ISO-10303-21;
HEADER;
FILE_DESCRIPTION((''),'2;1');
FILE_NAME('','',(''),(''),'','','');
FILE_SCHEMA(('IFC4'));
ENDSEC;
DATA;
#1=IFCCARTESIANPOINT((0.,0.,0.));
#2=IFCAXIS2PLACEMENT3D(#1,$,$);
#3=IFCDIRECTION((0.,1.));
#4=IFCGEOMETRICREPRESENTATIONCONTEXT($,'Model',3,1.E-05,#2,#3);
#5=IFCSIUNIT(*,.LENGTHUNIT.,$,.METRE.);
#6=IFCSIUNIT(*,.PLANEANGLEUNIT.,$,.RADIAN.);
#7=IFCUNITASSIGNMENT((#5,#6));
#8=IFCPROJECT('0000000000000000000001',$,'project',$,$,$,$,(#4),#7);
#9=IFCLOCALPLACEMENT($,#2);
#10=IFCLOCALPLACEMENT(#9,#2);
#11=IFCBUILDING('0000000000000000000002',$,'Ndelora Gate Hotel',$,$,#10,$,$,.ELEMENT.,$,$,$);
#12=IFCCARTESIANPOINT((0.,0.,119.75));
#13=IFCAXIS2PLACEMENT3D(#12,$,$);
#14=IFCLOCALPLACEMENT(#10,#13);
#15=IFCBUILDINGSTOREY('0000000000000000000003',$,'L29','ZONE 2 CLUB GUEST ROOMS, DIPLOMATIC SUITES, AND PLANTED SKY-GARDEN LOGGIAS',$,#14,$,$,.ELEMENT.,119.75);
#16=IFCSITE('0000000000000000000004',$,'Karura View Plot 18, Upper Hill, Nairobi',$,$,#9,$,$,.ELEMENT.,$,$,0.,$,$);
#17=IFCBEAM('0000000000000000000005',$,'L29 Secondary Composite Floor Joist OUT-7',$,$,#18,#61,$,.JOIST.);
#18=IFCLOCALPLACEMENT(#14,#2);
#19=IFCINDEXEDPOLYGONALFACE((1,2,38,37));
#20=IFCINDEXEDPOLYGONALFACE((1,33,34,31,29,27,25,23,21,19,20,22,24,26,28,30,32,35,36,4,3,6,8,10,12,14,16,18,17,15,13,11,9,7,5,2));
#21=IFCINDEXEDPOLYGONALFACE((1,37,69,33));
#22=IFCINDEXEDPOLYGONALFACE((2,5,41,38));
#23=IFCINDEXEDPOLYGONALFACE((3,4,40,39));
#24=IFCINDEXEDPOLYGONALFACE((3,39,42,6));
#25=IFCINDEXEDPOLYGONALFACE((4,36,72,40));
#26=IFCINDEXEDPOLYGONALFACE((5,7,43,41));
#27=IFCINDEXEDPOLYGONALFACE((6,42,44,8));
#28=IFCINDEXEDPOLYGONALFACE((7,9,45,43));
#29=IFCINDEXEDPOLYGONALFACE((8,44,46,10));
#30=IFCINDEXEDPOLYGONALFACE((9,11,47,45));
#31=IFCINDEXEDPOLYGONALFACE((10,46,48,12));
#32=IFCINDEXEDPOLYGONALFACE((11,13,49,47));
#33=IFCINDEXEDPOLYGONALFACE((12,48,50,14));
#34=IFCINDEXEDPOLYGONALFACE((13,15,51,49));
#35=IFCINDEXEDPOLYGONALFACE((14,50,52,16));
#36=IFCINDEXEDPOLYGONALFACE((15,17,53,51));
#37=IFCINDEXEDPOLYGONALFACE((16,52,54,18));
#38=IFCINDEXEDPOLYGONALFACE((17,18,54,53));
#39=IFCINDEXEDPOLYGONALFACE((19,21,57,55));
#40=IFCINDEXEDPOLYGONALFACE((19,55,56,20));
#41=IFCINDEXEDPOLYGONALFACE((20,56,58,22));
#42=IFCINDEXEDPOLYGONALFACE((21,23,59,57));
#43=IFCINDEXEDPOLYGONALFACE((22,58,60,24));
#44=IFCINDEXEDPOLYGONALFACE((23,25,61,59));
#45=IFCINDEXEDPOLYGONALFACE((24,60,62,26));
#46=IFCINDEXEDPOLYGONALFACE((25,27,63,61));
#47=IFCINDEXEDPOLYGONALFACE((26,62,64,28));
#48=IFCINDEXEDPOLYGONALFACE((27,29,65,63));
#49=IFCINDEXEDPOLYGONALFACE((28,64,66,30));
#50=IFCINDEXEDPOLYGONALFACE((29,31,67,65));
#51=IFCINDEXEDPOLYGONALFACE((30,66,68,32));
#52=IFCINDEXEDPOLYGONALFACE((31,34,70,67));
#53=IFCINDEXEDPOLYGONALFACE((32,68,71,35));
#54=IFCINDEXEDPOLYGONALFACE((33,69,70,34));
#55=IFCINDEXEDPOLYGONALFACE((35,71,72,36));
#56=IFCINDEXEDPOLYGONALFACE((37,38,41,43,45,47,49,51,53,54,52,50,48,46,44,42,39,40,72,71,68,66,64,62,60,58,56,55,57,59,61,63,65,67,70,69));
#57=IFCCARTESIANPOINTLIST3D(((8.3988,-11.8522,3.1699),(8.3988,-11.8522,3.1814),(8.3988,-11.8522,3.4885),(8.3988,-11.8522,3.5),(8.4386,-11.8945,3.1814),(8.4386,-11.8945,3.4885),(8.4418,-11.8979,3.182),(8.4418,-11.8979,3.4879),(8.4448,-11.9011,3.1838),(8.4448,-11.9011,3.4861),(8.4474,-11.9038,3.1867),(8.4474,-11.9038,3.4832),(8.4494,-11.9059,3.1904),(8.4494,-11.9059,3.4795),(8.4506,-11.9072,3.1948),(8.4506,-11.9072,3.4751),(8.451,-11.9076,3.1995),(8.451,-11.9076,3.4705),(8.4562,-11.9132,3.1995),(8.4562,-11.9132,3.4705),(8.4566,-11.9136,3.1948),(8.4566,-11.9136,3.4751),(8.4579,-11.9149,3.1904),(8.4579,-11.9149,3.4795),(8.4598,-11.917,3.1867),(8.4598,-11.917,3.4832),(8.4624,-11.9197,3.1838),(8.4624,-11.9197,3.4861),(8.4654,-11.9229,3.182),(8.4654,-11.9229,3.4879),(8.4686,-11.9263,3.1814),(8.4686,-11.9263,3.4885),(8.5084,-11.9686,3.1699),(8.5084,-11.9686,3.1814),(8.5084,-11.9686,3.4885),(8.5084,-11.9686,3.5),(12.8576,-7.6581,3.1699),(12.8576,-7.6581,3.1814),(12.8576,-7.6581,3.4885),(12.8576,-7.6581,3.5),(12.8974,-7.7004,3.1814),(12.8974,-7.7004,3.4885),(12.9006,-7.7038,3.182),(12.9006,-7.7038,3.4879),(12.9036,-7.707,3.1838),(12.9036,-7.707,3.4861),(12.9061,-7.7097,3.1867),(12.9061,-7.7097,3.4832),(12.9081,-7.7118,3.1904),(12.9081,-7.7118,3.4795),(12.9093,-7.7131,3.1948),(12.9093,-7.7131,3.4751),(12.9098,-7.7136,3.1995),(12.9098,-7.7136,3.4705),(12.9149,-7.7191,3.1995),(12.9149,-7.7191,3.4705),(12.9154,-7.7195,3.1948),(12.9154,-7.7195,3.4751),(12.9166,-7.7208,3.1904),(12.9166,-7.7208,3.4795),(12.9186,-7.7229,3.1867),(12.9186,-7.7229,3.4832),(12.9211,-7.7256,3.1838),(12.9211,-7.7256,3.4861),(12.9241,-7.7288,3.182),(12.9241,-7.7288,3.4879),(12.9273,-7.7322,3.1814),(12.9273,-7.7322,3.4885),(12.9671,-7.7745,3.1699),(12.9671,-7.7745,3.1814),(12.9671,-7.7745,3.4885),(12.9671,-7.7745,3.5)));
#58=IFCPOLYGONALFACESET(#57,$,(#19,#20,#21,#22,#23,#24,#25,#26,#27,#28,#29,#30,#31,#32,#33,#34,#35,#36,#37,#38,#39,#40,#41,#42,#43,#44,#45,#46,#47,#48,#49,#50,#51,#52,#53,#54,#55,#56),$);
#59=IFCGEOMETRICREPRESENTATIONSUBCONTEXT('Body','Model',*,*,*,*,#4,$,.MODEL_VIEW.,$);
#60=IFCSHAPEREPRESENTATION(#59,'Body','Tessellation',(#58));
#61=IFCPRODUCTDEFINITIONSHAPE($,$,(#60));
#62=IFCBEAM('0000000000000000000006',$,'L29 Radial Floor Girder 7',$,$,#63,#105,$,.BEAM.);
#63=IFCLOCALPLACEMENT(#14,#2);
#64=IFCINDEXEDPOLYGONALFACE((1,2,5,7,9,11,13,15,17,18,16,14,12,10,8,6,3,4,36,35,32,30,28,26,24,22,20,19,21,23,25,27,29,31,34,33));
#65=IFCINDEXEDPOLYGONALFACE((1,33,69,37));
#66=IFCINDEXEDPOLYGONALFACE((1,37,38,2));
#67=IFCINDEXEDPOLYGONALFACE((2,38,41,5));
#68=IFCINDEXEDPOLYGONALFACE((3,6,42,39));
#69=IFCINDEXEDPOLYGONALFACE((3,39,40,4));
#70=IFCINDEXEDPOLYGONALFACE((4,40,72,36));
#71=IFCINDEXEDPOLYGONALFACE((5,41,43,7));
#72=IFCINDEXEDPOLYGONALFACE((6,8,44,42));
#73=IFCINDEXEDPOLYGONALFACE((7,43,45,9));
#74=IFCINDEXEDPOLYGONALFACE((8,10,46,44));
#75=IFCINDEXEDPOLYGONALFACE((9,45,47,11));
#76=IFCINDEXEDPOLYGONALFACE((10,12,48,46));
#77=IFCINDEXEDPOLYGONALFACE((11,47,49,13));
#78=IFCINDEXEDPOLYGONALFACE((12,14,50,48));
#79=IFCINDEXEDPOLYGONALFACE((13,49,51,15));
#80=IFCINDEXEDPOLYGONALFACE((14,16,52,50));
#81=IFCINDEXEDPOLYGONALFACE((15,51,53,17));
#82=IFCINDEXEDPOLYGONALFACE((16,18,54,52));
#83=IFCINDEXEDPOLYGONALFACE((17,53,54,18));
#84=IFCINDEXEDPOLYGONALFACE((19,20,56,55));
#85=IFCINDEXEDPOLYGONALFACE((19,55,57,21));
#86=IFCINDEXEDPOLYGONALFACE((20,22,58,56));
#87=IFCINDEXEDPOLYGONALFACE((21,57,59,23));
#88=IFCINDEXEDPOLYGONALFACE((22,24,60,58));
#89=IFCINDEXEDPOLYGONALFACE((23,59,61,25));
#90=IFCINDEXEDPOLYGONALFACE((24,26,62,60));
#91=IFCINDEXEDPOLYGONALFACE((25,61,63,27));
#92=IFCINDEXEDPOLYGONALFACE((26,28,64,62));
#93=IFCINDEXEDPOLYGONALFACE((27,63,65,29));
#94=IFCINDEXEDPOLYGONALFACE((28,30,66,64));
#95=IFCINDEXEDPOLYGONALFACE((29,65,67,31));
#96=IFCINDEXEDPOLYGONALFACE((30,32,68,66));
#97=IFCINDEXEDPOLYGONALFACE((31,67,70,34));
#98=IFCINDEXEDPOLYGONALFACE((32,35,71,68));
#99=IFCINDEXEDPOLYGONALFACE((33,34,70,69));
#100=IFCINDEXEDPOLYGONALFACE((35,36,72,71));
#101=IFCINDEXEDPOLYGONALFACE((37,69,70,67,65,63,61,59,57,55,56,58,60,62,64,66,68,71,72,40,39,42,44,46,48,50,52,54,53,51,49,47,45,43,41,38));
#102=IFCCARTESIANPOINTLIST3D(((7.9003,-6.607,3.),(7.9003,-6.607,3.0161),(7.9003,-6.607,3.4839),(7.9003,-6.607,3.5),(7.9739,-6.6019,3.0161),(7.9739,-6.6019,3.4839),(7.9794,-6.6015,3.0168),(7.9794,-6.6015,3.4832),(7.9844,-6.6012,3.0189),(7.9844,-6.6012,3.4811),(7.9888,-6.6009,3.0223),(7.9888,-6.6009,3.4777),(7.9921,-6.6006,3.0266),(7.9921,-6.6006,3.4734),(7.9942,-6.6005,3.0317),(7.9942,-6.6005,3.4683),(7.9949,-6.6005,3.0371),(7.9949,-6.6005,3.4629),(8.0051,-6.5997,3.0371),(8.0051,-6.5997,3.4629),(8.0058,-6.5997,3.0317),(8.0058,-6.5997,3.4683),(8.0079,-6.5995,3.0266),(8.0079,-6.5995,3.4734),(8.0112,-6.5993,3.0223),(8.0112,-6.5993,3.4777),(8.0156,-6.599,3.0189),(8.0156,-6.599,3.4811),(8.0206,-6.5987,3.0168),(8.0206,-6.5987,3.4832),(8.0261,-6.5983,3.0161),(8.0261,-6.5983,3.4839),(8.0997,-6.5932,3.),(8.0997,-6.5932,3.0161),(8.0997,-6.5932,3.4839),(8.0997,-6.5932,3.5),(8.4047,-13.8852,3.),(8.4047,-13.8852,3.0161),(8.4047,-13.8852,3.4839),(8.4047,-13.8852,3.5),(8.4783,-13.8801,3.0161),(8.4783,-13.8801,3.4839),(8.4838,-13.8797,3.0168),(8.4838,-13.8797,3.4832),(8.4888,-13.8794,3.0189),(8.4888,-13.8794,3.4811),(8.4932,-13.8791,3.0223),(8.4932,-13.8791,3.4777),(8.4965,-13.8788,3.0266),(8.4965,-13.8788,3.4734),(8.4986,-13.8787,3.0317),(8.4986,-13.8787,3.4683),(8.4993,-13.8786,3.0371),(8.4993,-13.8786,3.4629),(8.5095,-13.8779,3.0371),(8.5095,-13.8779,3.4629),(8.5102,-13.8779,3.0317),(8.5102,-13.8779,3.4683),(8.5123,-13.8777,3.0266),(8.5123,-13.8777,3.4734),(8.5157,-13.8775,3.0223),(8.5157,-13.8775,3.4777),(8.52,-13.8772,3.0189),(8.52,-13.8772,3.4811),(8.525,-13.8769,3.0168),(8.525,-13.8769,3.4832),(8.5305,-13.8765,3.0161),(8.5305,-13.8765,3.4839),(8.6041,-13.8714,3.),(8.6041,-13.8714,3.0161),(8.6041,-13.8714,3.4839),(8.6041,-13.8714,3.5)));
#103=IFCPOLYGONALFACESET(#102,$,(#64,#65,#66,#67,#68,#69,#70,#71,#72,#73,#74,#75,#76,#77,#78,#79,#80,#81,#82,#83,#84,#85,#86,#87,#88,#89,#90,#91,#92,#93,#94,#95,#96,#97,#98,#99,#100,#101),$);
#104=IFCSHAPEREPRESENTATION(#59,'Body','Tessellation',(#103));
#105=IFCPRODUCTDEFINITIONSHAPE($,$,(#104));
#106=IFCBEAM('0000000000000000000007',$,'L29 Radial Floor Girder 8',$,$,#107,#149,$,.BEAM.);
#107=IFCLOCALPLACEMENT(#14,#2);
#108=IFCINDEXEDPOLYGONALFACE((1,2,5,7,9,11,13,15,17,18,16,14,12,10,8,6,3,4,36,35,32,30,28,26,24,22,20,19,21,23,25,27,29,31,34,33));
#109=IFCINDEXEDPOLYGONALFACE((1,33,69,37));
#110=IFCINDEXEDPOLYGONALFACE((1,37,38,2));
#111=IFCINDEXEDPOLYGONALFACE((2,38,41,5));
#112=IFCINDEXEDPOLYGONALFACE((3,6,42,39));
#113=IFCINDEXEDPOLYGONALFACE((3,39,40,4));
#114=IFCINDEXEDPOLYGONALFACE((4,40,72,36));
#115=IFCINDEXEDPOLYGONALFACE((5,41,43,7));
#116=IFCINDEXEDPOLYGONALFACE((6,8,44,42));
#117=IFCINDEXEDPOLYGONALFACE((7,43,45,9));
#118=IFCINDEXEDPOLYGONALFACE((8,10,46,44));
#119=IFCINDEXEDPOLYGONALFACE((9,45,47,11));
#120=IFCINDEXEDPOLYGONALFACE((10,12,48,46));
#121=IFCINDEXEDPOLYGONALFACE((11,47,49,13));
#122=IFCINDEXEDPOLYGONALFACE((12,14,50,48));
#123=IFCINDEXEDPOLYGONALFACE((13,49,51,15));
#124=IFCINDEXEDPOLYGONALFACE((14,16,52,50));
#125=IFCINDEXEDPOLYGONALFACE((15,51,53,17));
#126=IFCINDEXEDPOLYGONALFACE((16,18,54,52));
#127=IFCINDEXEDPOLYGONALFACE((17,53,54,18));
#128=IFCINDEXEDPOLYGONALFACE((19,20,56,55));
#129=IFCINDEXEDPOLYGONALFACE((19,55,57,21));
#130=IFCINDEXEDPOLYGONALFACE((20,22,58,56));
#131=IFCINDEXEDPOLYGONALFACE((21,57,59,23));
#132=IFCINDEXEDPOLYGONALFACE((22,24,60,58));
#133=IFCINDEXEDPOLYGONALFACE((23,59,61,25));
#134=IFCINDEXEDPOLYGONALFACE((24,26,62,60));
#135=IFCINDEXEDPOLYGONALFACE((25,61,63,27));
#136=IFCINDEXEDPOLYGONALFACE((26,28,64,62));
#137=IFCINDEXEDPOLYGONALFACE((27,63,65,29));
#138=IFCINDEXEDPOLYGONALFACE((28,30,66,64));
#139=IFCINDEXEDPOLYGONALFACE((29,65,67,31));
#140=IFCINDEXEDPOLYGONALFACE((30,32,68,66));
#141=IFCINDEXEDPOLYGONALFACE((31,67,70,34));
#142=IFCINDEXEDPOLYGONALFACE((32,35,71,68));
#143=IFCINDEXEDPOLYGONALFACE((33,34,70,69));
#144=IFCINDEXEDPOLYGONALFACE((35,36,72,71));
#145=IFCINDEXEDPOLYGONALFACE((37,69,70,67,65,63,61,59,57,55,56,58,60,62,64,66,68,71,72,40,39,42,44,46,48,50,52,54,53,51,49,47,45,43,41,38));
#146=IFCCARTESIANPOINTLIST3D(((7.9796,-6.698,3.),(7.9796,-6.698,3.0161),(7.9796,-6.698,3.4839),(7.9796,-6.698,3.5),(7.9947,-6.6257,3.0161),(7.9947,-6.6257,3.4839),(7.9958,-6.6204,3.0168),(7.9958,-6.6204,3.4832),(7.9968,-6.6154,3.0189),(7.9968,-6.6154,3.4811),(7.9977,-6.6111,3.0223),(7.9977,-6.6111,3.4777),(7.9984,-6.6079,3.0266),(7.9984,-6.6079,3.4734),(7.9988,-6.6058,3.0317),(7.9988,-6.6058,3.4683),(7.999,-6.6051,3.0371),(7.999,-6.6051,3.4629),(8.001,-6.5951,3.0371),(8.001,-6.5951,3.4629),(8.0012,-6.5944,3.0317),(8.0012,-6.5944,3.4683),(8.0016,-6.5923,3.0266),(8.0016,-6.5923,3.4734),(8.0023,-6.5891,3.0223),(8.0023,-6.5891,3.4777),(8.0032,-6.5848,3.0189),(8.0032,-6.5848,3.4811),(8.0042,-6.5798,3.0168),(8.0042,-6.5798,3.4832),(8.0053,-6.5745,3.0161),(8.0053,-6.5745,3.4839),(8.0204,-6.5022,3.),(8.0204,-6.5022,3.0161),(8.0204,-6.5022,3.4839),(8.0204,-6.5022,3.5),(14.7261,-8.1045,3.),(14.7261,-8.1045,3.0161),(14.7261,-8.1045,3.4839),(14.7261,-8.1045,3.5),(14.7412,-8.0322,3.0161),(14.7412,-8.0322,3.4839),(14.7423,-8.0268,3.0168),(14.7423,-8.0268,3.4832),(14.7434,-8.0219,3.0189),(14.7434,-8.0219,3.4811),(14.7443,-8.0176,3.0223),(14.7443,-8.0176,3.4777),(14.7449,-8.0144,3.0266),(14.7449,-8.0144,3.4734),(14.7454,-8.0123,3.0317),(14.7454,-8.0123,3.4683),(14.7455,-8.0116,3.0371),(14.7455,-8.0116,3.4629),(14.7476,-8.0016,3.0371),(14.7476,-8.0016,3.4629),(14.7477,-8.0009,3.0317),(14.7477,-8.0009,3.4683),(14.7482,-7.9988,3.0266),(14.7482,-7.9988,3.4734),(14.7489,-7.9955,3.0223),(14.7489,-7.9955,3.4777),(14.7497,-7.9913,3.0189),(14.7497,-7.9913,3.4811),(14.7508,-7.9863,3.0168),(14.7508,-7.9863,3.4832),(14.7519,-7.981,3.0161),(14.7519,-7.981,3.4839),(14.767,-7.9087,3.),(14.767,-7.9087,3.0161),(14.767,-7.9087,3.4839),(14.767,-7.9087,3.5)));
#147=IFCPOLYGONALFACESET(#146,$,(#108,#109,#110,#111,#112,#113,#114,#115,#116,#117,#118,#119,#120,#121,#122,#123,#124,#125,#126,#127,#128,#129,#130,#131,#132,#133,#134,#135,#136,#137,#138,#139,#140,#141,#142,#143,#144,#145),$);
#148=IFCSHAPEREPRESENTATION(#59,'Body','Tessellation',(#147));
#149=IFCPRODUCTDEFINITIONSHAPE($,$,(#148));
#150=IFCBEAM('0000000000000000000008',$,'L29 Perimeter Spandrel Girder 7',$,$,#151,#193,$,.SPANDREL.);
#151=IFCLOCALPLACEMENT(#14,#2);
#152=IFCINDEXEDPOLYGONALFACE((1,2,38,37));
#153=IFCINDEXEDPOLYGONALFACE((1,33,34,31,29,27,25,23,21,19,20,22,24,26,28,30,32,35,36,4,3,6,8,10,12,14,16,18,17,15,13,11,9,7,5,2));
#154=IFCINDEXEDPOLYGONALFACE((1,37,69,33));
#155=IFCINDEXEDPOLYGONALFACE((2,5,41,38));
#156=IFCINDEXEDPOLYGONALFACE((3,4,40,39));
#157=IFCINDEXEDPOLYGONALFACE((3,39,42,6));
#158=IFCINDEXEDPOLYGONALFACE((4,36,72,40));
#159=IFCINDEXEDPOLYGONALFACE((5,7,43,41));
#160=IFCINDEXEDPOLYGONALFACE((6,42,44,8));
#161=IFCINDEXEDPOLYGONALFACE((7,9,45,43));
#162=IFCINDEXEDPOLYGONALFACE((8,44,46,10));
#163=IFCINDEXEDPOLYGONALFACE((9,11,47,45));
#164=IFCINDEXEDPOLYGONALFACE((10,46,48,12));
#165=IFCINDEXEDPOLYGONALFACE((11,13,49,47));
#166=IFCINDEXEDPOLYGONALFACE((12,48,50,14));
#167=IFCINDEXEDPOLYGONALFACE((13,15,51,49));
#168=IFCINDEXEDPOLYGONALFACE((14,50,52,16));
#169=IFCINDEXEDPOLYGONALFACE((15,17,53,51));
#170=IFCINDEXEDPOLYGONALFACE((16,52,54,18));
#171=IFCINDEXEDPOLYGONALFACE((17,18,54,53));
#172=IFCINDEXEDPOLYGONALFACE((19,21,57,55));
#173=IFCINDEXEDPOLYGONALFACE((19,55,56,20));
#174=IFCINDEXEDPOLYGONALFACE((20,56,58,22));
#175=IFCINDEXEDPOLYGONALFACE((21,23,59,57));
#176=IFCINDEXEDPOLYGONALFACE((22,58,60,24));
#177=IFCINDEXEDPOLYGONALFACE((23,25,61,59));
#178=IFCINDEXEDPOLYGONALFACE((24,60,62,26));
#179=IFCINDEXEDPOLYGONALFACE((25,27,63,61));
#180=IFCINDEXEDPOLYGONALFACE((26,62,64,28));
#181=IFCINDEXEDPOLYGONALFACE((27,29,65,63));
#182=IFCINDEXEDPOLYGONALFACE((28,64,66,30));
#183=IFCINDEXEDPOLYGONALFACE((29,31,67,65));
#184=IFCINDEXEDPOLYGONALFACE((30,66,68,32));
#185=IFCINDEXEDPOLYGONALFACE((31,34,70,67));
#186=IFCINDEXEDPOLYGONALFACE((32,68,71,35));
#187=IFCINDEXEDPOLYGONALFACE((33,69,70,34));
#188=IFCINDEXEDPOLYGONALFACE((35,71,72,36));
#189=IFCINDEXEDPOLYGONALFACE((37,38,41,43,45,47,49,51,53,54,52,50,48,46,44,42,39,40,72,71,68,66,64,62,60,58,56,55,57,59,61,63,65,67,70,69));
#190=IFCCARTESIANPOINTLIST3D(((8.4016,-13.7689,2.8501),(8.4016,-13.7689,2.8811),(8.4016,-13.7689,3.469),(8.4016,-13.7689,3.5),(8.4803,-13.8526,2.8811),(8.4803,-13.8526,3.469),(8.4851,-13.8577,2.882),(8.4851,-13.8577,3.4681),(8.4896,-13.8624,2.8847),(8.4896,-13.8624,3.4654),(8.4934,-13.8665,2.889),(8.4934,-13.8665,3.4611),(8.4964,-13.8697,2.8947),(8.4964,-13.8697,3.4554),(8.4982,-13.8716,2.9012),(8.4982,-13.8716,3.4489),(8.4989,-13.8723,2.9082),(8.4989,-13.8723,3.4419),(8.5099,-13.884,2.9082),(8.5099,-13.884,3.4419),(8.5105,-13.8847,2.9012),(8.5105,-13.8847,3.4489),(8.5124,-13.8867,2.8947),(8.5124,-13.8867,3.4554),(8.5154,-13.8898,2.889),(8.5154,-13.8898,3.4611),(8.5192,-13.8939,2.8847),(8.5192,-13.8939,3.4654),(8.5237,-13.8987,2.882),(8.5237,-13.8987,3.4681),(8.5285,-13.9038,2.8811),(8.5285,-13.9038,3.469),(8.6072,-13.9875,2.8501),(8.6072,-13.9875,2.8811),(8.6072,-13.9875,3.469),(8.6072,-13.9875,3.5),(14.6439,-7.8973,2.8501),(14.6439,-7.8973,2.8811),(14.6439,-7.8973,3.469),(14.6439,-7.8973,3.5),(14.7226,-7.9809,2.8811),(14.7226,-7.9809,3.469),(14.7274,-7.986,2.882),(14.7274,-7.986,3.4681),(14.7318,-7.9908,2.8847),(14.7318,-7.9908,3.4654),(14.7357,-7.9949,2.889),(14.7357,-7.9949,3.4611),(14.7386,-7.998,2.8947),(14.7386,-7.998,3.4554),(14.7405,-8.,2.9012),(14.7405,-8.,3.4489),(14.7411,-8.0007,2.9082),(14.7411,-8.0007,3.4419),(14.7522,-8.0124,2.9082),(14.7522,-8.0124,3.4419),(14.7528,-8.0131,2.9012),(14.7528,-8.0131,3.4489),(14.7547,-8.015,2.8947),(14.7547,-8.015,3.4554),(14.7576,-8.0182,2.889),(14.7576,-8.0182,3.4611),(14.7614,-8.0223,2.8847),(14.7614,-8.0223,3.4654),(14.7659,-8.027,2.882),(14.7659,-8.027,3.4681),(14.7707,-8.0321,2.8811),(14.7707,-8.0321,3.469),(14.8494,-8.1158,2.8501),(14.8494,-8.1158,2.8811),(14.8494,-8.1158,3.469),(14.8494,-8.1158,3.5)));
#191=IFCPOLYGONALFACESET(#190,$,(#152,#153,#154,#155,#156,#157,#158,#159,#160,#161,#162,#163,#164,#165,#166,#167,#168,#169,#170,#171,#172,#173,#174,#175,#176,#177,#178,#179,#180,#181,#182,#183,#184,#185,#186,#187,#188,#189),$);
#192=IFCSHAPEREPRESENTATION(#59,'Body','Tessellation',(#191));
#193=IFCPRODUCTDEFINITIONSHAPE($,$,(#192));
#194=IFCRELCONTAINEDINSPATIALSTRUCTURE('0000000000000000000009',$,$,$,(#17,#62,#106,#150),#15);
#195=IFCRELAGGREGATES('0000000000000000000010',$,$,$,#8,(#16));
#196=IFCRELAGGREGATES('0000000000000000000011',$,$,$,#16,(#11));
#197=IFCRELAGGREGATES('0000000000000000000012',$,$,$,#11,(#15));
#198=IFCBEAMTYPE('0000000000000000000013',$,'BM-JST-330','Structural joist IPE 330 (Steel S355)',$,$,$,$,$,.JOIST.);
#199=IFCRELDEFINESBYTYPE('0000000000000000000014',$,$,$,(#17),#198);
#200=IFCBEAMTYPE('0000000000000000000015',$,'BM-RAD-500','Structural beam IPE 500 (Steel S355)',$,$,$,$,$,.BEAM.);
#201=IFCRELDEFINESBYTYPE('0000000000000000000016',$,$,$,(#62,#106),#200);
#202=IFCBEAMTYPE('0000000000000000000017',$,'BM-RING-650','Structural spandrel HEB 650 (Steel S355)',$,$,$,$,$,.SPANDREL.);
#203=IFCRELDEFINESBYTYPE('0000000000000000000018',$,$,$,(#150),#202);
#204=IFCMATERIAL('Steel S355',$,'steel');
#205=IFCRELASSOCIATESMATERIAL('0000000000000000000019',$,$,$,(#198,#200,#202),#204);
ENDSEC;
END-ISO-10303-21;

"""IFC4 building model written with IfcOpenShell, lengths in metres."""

from ifc_helpers import new_model, si_unit, direction, frame, origin, origin_2d, place, context, subcontext, project, spatial, i_section, extrude, material, material_profile, profile_set, type_object, element, save


model = new_model("IFC4")

# Units and contexts
model_context = context("Model", 3, precision=1e-05, world=origin(), true_north=direction((0.0, 1.0)))
body_context = subcontext(model_context, "Body", "Model", "MODEL_VIEW")
ifc_project = project(units=[si_unit("LENGTHUNIT", "METRE"), si_unit("PLANEANGLEUNIT", "RADIAN")], contexts=[model_context])

# Site, building, storey
site_placement = place(None, origin())
site = spatial("IfcSite", under=ifc_project, at=site_placement, Name="Karura View Plot 18, Upper Hill, Nairobi", CompositionType="ELEMENT", RefElevation=0.0)
building_placement = place(site_placement, origin())
building = spatial("IfcBuilding", under=site, at=building_placement, Name="Ndelora Gate Hotel", CompositionType="ELEMENT")
storey_placement = place(building_placement, frame((0.0, 0.0, 119.75)))
storey = spatial("IfcBuildingStorey", under=building, at=storey_placement, Name="L29", Description="ZONE 2 CLUB GUEST ROOMS, DIPLOMATIC SUITES, AND PLANTED SKY-GARDEN LOGGIAS", CompositionType="ELEMENT", Elevation=119.75)

# Beams
ifc_material_1 = material(Name="Steel S355", Category="steel")
ifc_material_profile_1 = material_profile(ifc_material_1, i_section(OverallWidth=0.1599, OverallDepth=0.3301, WebThickness=0.0076, FlangeThickness=0.0115, FilletRadius=0.0181, at=origin_2d()), Name="IPE 330")
ifc_profile_set_1 = profile_set([ifc_material_profile_1], Name="Steel S355")
beam_type_1 = type_object("IfcBeamType", Name="BM-JST-330", Description="Structural joist IPE 330 (Steel S355)", PredefinedType="JOIST", material=ifc_profile_set_1)
beam_1_placement = place(storey_placement, frame((8.4536, -11.9104, 3.335), z_axis=(0.728393, 0.685159, 0.0), x_axis=(-0.685159, 0.728393, 0.0)))
element("IfcBeam", 1, at=beam_1_placement, inside=storey, type_object=beam_type_1, Name="L29 Secondary Composite Floor Joist OUT-7", PredefinedType="JOIST", context=body_context, shape_type="SweptSolid", body=[
    extrude(i_section(OverallWidth=0.1599, OverallDepth=0.3301, WebThickness=0.0076, FlangeThickness=0.0115, FilletRadius=0.0181, at=origin_2d()), origin(), (0.0, 0.0, 1.0), 6.1213),
])
ifc_material_profile_2 = material_profile(ifc_material_1, i_section(OverallWidth=0.2, OverallDepth=0.5, WebThickness=0.0103, FlangeThickness=0.0161, FilletRadius=0.021, at=origin_2d()), Name="IPE 500")
ifc_profile_set_2 = profile_set([ifc_material_profile_2], Name="Steel S355")
beam_type_2 = type_object("IfcBeamType", Name="BM-RAD-500", Description="Structural beam IPE 500 (Steel S355)", PredefinedType="BEAM", material=ifc_profile_set_2)
beam_2_placement = place(storey_placement, frame((8.0, -6.6001, 3.25), z_axis=(0.069137, -0.997607, 0.0), x_axis=(0.997607, 0.069137, 0.0)))
element("IfcBeam", 2, at=beam_2_placement, inside=storey, type_object=beam_type_2, Name="L29 Radial Floor Girder 7", PredefinedType="BEAM", context=body_context, shape_type="SweptSolid", body=[
    extrude(i_section(OverallWidth=0.2, OverallDepth=0.5, WebThickness=0.0103, FlangeThickness=0.0161, FilletRadius=0.021, at=origin_2d()), origin(), (0.0, 0.0, 1.0), 7.2957),
])
beam_3_placement = place(storey_placement, frame((8.0, -6.6001, 3.25), z_axis=(0.978953, -0.204087, 0.0), x_axis=(0.204087, 0.978953, 0.0)))
element("IfcBeam", 3, at=beam_3_placement, inside=storey, type_object=beam_type_2, Name="L29 Radial Floor Girder 8", PredefinedType="BEAM", context=body_context, shape_type="SweptSolid", body=[
    extrude(i_section(OverallWidth=0.2, OverallDepth=0.5, WebThickness=0.0103, FlangeThickness=0.0161, FilletRadius=0.021, at=origin_2d()), origin(), (0.0, 0.0, 1.0), 6.8916),
])
ifc_material_profile_3 = material_profile(ifc_material_1, i_section(OverallWidth=0.3, OverallDepth=0.6499, WebThickness=0.0161, FlangeThickness=0.031, FilletRadius=0.0271, at=origin_2d()), Name="HEB 650")
ifc_profile_set_3 = profile_set([ifc_material_profile_3], Name="Steel S355")
beam_type_3 = type_object("IfcBeamType", Name="BM-RING-650", Description="Structural spandrel HEB 650 (Steel S355)", PredefinedType="SPANDREL", material=ifc_profile_set_3)
beam_4_placement = place(storey_placement, frame((8.5044, -13.8782, 3.175), z_axis=(0.728399, 0.685153, 0.0), x_axis=(-0.685153, 0.728399, 0.0)))
element("IfcBeam", 4, at=beam_4_placement, inside=storey, type_object=beam_type_3, Name="L29 Perimeter Spandrel Girder 7", PredefinedType="SPANDREL", context=body_context, shape_type="SweptSolid", body=[
    extrude(i_section(OverallWidth=0.3, OverallDepth=0.6499, WebThickness=0.0161, FlangeThickness=0.031, FilletRadius=0.0271, at=origin_2d()), origin(), (0.0, 0.0, 1.0), 8.5698),
])

save(model, "model.ifc")
